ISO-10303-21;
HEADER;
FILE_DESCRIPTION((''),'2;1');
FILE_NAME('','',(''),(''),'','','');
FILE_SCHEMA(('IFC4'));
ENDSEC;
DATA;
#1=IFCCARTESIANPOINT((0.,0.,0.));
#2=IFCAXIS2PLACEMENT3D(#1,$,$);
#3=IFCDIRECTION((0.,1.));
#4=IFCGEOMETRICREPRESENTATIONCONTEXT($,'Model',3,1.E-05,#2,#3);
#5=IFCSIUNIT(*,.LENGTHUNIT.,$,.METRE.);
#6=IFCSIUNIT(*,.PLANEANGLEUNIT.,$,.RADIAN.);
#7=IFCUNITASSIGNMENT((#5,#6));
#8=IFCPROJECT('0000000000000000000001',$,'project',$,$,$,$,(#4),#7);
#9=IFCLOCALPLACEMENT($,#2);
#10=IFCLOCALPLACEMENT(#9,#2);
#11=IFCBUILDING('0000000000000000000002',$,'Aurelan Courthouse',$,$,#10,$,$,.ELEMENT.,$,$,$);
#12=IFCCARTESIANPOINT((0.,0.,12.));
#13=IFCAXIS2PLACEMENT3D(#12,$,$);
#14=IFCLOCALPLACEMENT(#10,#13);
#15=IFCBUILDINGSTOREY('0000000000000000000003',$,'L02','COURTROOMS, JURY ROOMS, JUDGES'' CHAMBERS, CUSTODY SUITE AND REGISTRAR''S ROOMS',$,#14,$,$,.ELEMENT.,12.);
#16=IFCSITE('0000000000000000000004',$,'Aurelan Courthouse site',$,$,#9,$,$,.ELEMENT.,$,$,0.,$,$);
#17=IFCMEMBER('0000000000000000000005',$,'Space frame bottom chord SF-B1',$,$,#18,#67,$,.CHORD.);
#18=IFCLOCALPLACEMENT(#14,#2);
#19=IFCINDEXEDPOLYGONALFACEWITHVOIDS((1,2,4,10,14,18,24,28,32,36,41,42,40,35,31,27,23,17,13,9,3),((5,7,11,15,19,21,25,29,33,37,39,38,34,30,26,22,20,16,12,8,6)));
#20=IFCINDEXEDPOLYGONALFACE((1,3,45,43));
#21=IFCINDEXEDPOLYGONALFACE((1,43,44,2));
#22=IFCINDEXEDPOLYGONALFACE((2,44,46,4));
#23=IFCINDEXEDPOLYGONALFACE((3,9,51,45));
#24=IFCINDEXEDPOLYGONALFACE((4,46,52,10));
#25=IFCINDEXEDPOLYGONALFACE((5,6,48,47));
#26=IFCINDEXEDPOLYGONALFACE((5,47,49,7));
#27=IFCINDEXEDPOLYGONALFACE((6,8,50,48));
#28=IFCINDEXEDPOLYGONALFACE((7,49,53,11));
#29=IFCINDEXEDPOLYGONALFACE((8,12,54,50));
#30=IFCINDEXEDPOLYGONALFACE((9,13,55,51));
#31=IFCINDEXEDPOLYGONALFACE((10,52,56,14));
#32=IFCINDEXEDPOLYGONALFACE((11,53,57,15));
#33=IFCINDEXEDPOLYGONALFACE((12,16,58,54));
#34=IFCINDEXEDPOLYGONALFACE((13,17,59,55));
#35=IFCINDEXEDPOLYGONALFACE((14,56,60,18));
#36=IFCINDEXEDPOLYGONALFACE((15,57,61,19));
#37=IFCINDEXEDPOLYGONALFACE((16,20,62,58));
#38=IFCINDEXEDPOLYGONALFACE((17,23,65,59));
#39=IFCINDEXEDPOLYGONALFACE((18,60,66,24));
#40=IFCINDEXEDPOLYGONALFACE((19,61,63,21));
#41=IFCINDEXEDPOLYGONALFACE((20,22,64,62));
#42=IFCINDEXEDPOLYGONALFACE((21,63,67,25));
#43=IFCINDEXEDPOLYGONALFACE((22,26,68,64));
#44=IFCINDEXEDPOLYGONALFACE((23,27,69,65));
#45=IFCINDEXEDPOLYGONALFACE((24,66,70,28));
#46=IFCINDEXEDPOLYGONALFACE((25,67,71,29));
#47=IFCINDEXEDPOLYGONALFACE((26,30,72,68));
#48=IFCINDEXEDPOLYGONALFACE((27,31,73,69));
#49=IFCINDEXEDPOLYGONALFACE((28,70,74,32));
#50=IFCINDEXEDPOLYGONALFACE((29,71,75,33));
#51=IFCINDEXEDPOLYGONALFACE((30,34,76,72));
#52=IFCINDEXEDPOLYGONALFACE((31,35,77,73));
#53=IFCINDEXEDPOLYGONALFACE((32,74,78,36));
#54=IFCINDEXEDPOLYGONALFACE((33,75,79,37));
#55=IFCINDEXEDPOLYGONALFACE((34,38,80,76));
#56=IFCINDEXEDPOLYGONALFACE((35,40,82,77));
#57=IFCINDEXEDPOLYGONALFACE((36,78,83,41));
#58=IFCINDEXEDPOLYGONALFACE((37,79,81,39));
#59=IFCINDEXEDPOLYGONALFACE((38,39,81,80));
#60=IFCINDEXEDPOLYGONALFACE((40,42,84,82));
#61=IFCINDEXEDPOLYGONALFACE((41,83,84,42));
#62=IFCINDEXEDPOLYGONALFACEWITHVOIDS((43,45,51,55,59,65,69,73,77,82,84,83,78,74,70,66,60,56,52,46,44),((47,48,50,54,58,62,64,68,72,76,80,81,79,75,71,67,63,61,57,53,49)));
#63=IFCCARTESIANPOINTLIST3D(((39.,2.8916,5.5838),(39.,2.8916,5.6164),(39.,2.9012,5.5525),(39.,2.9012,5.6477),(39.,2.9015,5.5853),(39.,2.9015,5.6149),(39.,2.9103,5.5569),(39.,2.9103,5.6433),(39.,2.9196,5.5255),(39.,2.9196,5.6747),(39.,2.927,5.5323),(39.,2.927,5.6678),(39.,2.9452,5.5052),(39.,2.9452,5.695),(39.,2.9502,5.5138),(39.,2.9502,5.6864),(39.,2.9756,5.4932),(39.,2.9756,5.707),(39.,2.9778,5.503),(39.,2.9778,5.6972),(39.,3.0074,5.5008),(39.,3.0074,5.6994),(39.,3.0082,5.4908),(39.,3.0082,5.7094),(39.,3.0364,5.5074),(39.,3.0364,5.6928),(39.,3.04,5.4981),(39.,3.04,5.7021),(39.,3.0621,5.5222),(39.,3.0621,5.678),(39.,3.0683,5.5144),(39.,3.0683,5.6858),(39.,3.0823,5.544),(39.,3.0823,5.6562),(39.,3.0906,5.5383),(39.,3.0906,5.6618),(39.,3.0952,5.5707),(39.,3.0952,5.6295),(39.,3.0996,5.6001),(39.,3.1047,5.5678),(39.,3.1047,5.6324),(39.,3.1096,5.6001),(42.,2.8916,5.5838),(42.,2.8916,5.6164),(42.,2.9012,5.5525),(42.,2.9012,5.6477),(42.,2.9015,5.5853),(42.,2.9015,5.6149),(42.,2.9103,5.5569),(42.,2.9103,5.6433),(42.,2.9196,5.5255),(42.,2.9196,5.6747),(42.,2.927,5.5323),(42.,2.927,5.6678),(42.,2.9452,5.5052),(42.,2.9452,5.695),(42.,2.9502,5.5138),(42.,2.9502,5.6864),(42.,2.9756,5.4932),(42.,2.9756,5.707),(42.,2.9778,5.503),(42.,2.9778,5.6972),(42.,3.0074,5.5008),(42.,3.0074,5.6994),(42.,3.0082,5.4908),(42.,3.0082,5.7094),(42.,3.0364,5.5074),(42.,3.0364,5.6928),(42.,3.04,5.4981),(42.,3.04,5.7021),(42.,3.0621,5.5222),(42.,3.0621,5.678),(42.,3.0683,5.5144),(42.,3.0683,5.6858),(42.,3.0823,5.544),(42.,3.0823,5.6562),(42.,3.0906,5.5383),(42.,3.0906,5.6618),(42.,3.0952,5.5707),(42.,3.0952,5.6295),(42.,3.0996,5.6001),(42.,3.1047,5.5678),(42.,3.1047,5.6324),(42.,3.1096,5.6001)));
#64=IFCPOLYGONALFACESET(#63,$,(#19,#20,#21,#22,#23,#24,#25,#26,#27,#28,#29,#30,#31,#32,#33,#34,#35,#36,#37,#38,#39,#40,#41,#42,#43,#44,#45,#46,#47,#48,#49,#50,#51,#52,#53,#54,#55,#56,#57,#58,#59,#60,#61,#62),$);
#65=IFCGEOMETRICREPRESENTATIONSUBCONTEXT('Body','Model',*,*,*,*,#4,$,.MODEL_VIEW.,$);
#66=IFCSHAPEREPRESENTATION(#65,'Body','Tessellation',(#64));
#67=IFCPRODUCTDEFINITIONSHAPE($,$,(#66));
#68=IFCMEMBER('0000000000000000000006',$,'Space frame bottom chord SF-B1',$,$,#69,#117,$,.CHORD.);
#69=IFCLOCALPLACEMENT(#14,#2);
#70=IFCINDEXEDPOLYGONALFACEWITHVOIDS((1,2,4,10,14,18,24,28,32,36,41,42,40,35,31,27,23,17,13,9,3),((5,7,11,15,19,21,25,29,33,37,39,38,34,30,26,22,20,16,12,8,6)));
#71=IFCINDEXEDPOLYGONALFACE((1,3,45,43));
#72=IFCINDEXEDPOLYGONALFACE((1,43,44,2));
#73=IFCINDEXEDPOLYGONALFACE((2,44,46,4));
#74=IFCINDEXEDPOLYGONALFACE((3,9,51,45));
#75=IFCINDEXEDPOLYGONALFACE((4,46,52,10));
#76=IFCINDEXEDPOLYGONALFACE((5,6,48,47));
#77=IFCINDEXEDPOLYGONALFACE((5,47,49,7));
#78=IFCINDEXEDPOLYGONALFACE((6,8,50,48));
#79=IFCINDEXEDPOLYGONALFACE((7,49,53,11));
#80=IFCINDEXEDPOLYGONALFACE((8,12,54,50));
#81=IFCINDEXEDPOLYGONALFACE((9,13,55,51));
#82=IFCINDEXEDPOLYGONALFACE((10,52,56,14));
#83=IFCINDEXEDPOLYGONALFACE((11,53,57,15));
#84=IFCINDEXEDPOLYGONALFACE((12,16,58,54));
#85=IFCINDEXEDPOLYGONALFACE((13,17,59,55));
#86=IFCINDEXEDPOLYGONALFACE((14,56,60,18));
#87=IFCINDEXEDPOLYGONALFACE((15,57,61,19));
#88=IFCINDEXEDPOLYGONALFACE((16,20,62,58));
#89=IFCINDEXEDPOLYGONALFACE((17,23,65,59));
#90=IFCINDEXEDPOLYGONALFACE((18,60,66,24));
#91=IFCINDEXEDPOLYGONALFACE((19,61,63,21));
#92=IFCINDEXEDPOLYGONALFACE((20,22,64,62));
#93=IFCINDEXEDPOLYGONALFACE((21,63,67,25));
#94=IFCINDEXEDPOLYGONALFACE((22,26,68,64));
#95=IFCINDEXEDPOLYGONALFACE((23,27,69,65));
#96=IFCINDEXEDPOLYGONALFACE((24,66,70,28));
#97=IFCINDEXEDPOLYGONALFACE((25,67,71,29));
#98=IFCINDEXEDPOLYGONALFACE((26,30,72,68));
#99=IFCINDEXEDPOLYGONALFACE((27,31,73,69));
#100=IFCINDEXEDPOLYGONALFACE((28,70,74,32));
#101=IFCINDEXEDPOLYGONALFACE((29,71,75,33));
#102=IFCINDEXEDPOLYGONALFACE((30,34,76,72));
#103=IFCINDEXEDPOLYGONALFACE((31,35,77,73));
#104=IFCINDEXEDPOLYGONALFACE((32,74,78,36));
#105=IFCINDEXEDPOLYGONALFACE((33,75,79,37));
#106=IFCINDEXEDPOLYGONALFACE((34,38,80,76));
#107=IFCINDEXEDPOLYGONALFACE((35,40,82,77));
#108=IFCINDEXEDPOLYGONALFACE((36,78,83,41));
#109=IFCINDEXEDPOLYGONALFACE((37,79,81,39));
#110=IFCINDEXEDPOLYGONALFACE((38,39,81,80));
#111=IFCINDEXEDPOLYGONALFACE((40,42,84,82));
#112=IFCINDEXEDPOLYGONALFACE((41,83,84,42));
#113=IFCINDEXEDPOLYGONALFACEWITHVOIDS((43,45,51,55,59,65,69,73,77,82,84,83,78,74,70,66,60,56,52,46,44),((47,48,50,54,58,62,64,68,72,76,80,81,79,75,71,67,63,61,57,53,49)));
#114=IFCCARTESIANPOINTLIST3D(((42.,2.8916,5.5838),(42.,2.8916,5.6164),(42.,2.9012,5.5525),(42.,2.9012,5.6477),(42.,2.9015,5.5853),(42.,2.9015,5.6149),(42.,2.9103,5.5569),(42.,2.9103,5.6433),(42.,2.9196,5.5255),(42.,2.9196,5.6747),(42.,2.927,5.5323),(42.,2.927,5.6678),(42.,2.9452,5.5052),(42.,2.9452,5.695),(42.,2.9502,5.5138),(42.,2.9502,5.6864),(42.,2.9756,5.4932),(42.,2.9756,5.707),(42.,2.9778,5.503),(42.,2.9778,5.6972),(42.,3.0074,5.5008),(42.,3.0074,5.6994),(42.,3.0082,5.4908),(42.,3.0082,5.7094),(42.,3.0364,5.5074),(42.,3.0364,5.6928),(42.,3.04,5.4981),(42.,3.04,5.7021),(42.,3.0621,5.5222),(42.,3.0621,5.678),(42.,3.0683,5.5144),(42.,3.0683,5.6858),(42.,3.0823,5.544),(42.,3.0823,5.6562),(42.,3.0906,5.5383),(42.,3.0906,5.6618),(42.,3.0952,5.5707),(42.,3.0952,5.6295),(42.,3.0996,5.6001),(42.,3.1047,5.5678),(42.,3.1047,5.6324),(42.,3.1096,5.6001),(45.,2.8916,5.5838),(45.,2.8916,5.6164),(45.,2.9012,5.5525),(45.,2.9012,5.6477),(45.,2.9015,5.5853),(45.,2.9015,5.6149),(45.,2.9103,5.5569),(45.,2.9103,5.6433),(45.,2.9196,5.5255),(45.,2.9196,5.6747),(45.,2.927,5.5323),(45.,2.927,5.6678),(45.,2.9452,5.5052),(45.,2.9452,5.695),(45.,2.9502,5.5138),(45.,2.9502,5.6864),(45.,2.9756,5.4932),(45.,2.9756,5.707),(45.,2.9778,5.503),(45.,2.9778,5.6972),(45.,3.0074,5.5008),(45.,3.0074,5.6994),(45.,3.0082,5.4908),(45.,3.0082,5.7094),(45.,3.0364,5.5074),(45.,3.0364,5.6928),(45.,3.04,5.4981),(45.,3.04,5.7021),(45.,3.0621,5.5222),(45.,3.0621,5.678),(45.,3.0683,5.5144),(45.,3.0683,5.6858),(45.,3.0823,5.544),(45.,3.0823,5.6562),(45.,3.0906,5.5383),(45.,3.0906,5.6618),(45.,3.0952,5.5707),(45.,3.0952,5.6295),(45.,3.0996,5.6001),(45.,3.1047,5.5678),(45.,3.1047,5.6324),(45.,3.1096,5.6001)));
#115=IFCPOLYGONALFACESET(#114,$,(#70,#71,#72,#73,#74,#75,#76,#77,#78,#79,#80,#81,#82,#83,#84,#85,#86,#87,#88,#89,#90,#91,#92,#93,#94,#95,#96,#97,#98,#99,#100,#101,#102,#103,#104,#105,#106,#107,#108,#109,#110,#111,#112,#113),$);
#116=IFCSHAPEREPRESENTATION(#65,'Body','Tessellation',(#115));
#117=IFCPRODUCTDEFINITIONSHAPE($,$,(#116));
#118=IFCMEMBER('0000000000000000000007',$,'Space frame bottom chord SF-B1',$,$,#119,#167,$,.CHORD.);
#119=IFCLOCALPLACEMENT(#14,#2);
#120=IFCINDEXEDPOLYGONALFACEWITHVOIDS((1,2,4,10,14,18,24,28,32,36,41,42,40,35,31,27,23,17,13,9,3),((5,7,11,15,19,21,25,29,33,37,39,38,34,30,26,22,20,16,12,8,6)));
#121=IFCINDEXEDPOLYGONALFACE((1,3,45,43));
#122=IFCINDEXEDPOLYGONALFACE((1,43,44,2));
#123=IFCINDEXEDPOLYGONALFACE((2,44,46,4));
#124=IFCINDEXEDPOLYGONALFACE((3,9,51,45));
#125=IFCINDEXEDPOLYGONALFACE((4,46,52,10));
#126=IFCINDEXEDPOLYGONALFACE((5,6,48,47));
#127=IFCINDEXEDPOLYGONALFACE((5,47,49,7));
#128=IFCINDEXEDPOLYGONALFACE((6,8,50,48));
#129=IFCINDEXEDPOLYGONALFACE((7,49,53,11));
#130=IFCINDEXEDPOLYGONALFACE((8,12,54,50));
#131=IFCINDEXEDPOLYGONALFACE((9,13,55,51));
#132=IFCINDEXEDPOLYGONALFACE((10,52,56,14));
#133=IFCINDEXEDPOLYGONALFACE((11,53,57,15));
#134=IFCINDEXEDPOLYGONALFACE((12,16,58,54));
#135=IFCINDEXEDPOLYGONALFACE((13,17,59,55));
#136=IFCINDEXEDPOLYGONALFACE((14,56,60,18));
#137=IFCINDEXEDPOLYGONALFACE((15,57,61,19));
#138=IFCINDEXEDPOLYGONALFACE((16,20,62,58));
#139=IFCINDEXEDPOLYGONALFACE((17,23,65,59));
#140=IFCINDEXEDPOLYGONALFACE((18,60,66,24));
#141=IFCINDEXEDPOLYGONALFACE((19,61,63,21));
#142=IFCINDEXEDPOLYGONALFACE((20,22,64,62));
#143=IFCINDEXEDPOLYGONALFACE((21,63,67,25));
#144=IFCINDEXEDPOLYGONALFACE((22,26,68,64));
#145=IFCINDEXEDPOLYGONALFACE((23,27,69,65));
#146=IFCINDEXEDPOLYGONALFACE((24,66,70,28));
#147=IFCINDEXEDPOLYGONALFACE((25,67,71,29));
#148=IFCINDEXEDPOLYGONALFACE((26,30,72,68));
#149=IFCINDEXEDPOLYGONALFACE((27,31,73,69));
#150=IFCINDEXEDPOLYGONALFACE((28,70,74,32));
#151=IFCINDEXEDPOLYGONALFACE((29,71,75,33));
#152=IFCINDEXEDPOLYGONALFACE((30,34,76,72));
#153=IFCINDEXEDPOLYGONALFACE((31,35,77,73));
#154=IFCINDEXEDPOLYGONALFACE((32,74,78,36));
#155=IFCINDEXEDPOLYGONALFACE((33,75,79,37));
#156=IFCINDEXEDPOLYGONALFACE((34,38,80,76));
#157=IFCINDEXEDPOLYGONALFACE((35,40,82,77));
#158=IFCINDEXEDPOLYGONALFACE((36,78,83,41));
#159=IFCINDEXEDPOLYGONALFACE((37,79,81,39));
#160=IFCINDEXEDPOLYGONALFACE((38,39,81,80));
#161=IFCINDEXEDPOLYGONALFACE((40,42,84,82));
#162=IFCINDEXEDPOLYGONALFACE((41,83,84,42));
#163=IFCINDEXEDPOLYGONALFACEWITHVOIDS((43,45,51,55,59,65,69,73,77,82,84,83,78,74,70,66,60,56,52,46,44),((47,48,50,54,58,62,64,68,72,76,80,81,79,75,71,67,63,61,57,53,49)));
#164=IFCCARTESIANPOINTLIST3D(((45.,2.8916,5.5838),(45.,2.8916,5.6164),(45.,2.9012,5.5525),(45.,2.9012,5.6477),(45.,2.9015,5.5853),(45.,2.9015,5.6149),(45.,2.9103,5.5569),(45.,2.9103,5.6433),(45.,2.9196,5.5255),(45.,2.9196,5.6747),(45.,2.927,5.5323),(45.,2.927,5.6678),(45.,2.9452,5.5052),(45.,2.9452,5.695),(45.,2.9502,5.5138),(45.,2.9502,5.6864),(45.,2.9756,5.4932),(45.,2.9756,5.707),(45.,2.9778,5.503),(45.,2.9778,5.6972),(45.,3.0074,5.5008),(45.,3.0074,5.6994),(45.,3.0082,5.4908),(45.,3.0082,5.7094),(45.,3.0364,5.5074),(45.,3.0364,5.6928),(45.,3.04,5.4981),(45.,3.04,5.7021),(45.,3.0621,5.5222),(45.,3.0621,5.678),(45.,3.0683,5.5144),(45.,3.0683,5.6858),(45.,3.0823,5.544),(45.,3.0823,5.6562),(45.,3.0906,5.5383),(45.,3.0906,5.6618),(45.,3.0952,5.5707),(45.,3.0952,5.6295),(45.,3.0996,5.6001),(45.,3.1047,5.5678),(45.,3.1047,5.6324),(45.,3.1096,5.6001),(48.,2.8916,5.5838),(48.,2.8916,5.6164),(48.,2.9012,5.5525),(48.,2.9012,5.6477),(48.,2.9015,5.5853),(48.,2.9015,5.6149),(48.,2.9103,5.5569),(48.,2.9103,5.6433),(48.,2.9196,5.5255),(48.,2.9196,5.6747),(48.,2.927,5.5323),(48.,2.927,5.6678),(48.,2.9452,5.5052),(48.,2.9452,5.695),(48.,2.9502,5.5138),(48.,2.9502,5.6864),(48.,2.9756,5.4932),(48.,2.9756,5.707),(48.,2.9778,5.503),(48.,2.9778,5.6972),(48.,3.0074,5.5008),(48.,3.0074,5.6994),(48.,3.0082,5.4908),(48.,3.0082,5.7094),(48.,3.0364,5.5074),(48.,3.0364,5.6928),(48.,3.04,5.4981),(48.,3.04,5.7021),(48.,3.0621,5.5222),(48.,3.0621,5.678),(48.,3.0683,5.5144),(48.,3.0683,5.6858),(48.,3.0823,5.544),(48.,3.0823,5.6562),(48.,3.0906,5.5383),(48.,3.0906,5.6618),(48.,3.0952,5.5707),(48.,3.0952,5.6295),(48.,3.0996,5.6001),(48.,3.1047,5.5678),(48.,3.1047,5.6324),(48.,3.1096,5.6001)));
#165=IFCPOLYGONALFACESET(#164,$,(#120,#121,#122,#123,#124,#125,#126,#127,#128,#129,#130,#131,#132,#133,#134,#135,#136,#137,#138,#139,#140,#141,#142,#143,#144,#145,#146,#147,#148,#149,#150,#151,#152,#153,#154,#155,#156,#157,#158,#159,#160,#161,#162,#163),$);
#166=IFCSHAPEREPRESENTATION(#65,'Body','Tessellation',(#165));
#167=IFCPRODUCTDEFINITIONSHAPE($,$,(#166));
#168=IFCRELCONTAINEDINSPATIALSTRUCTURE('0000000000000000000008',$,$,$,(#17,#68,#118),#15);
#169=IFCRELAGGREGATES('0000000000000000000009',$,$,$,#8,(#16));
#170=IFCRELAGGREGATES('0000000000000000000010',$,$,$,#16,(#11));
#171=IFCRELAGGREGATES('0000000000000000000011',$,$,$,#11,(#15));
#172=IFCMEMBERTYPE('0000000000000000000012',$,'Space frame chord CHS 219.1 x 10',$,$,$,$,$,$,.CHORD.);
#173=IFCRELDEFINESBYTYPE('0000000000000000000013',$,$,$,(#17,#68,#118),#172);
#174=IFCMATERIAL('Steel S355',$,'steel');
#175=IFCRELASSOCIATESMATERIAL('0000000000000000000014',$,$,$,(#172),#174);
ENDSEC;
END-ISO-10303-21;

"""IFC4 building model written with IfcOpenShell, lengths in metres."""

from ifc_helpers import new_model, si_unit, direction, frame, origin, origin_2d, place, context, subcontext, project, spatial, hollow_circle, extrude, material, material_profile, profile_set, type_object, element, save


model = new_model("IFC4")

# Units and contexts
model_context = context("Model", 3, precision=1e-05, world=origin(), true_north=direction((0.0, 1.0)))
body_context = subcontext(model_context, "Body", "Model", "MODEL_VIEW")
ifc_project = project(units=[si_unit("LENGTHUNIT", "METRE"), si_unit("PLANEANGLEUNIT", "RADIAN")], contexts=[model_context])

# Site, building, storey
site_placement = place(None, origin())
site = spatial("IfcSite", under=ifc_project, at=site_placement, Name="Aurelan Courthouse site", CompositionType="ELEMENT", RefElevation=0.0)
building_placement = place(site_placement, origin())
building = spatial("IfcBuilding", under=site, at=building_placement, Name="Aurelan Courthouse", CompositionType="ELEMENT")
storey_placement = place(building_placement, frame((0.0, 0.0, 12.0)))
storey = spatial("IfcBuildingStorey", under=building, at=storey_placement, Name="L02", Description="COURTROOMS, JURY ROOMS, JUDGES' CHAMBERS, CUSTODY SUITE AND REGISTRAR'S ROOMS", CompositionType="ELEMENT", Elevation=12.0)

# Members
ifc_material_1 = material(Name="Steel S355", Category="steel")
ifc_material_profile_1 = material_profile(ifc_material_1, hollow_circle(Radius=0.1096, WallThickness=0.01, at=origin_2d()), Name="CHS 219.1 x 10")
ifc_profile_set_1 = profile_set([ifc_material_profile_1], Name="Steel S355")
member_type_1 = type_object("IfcMemberType", Name="Space frame chord CHS 219.1 x 10", PredefinedType="CHORD", material=ifc_profile_set_1)
for number, where, z_axis, x_axis, name in (
    (1, (39.0, 3.0, 5.6001), (1.0, 0.0, 0.0), (0.0, 1.0, 0.0), "Space frame bottom chord SF-B1"),
    (2, (42.0, 3.0, 5.6001), (1.0, 0.0, 0.0), (0.0, 1.0, 0.0), "Space frame bottom chord SF-B1"),
    (3, (45.0, 3.0, 5.6001), (1.0, 0.0, 0.0), (0.0, 1.0, 0.0), "Space frame bottom chord SF-B1"),
):
    element("IfcMember", number, at=place(storey_placement, frame(where, z_axis=z_axis, x_axis=x_axis)), inside=storey, type_object=member_type_1, Name=name, PredefinedType="CHORD", context=body_context, shape_type="SweptSolid", body=[
        extrude(hollow_circle(Radius=0.1096, WallThickness=0.01, at=origin_2d()), origin(), (0.0, 0.0, 1.0), 3.0),
    ])

save(model, "model.ifc")
